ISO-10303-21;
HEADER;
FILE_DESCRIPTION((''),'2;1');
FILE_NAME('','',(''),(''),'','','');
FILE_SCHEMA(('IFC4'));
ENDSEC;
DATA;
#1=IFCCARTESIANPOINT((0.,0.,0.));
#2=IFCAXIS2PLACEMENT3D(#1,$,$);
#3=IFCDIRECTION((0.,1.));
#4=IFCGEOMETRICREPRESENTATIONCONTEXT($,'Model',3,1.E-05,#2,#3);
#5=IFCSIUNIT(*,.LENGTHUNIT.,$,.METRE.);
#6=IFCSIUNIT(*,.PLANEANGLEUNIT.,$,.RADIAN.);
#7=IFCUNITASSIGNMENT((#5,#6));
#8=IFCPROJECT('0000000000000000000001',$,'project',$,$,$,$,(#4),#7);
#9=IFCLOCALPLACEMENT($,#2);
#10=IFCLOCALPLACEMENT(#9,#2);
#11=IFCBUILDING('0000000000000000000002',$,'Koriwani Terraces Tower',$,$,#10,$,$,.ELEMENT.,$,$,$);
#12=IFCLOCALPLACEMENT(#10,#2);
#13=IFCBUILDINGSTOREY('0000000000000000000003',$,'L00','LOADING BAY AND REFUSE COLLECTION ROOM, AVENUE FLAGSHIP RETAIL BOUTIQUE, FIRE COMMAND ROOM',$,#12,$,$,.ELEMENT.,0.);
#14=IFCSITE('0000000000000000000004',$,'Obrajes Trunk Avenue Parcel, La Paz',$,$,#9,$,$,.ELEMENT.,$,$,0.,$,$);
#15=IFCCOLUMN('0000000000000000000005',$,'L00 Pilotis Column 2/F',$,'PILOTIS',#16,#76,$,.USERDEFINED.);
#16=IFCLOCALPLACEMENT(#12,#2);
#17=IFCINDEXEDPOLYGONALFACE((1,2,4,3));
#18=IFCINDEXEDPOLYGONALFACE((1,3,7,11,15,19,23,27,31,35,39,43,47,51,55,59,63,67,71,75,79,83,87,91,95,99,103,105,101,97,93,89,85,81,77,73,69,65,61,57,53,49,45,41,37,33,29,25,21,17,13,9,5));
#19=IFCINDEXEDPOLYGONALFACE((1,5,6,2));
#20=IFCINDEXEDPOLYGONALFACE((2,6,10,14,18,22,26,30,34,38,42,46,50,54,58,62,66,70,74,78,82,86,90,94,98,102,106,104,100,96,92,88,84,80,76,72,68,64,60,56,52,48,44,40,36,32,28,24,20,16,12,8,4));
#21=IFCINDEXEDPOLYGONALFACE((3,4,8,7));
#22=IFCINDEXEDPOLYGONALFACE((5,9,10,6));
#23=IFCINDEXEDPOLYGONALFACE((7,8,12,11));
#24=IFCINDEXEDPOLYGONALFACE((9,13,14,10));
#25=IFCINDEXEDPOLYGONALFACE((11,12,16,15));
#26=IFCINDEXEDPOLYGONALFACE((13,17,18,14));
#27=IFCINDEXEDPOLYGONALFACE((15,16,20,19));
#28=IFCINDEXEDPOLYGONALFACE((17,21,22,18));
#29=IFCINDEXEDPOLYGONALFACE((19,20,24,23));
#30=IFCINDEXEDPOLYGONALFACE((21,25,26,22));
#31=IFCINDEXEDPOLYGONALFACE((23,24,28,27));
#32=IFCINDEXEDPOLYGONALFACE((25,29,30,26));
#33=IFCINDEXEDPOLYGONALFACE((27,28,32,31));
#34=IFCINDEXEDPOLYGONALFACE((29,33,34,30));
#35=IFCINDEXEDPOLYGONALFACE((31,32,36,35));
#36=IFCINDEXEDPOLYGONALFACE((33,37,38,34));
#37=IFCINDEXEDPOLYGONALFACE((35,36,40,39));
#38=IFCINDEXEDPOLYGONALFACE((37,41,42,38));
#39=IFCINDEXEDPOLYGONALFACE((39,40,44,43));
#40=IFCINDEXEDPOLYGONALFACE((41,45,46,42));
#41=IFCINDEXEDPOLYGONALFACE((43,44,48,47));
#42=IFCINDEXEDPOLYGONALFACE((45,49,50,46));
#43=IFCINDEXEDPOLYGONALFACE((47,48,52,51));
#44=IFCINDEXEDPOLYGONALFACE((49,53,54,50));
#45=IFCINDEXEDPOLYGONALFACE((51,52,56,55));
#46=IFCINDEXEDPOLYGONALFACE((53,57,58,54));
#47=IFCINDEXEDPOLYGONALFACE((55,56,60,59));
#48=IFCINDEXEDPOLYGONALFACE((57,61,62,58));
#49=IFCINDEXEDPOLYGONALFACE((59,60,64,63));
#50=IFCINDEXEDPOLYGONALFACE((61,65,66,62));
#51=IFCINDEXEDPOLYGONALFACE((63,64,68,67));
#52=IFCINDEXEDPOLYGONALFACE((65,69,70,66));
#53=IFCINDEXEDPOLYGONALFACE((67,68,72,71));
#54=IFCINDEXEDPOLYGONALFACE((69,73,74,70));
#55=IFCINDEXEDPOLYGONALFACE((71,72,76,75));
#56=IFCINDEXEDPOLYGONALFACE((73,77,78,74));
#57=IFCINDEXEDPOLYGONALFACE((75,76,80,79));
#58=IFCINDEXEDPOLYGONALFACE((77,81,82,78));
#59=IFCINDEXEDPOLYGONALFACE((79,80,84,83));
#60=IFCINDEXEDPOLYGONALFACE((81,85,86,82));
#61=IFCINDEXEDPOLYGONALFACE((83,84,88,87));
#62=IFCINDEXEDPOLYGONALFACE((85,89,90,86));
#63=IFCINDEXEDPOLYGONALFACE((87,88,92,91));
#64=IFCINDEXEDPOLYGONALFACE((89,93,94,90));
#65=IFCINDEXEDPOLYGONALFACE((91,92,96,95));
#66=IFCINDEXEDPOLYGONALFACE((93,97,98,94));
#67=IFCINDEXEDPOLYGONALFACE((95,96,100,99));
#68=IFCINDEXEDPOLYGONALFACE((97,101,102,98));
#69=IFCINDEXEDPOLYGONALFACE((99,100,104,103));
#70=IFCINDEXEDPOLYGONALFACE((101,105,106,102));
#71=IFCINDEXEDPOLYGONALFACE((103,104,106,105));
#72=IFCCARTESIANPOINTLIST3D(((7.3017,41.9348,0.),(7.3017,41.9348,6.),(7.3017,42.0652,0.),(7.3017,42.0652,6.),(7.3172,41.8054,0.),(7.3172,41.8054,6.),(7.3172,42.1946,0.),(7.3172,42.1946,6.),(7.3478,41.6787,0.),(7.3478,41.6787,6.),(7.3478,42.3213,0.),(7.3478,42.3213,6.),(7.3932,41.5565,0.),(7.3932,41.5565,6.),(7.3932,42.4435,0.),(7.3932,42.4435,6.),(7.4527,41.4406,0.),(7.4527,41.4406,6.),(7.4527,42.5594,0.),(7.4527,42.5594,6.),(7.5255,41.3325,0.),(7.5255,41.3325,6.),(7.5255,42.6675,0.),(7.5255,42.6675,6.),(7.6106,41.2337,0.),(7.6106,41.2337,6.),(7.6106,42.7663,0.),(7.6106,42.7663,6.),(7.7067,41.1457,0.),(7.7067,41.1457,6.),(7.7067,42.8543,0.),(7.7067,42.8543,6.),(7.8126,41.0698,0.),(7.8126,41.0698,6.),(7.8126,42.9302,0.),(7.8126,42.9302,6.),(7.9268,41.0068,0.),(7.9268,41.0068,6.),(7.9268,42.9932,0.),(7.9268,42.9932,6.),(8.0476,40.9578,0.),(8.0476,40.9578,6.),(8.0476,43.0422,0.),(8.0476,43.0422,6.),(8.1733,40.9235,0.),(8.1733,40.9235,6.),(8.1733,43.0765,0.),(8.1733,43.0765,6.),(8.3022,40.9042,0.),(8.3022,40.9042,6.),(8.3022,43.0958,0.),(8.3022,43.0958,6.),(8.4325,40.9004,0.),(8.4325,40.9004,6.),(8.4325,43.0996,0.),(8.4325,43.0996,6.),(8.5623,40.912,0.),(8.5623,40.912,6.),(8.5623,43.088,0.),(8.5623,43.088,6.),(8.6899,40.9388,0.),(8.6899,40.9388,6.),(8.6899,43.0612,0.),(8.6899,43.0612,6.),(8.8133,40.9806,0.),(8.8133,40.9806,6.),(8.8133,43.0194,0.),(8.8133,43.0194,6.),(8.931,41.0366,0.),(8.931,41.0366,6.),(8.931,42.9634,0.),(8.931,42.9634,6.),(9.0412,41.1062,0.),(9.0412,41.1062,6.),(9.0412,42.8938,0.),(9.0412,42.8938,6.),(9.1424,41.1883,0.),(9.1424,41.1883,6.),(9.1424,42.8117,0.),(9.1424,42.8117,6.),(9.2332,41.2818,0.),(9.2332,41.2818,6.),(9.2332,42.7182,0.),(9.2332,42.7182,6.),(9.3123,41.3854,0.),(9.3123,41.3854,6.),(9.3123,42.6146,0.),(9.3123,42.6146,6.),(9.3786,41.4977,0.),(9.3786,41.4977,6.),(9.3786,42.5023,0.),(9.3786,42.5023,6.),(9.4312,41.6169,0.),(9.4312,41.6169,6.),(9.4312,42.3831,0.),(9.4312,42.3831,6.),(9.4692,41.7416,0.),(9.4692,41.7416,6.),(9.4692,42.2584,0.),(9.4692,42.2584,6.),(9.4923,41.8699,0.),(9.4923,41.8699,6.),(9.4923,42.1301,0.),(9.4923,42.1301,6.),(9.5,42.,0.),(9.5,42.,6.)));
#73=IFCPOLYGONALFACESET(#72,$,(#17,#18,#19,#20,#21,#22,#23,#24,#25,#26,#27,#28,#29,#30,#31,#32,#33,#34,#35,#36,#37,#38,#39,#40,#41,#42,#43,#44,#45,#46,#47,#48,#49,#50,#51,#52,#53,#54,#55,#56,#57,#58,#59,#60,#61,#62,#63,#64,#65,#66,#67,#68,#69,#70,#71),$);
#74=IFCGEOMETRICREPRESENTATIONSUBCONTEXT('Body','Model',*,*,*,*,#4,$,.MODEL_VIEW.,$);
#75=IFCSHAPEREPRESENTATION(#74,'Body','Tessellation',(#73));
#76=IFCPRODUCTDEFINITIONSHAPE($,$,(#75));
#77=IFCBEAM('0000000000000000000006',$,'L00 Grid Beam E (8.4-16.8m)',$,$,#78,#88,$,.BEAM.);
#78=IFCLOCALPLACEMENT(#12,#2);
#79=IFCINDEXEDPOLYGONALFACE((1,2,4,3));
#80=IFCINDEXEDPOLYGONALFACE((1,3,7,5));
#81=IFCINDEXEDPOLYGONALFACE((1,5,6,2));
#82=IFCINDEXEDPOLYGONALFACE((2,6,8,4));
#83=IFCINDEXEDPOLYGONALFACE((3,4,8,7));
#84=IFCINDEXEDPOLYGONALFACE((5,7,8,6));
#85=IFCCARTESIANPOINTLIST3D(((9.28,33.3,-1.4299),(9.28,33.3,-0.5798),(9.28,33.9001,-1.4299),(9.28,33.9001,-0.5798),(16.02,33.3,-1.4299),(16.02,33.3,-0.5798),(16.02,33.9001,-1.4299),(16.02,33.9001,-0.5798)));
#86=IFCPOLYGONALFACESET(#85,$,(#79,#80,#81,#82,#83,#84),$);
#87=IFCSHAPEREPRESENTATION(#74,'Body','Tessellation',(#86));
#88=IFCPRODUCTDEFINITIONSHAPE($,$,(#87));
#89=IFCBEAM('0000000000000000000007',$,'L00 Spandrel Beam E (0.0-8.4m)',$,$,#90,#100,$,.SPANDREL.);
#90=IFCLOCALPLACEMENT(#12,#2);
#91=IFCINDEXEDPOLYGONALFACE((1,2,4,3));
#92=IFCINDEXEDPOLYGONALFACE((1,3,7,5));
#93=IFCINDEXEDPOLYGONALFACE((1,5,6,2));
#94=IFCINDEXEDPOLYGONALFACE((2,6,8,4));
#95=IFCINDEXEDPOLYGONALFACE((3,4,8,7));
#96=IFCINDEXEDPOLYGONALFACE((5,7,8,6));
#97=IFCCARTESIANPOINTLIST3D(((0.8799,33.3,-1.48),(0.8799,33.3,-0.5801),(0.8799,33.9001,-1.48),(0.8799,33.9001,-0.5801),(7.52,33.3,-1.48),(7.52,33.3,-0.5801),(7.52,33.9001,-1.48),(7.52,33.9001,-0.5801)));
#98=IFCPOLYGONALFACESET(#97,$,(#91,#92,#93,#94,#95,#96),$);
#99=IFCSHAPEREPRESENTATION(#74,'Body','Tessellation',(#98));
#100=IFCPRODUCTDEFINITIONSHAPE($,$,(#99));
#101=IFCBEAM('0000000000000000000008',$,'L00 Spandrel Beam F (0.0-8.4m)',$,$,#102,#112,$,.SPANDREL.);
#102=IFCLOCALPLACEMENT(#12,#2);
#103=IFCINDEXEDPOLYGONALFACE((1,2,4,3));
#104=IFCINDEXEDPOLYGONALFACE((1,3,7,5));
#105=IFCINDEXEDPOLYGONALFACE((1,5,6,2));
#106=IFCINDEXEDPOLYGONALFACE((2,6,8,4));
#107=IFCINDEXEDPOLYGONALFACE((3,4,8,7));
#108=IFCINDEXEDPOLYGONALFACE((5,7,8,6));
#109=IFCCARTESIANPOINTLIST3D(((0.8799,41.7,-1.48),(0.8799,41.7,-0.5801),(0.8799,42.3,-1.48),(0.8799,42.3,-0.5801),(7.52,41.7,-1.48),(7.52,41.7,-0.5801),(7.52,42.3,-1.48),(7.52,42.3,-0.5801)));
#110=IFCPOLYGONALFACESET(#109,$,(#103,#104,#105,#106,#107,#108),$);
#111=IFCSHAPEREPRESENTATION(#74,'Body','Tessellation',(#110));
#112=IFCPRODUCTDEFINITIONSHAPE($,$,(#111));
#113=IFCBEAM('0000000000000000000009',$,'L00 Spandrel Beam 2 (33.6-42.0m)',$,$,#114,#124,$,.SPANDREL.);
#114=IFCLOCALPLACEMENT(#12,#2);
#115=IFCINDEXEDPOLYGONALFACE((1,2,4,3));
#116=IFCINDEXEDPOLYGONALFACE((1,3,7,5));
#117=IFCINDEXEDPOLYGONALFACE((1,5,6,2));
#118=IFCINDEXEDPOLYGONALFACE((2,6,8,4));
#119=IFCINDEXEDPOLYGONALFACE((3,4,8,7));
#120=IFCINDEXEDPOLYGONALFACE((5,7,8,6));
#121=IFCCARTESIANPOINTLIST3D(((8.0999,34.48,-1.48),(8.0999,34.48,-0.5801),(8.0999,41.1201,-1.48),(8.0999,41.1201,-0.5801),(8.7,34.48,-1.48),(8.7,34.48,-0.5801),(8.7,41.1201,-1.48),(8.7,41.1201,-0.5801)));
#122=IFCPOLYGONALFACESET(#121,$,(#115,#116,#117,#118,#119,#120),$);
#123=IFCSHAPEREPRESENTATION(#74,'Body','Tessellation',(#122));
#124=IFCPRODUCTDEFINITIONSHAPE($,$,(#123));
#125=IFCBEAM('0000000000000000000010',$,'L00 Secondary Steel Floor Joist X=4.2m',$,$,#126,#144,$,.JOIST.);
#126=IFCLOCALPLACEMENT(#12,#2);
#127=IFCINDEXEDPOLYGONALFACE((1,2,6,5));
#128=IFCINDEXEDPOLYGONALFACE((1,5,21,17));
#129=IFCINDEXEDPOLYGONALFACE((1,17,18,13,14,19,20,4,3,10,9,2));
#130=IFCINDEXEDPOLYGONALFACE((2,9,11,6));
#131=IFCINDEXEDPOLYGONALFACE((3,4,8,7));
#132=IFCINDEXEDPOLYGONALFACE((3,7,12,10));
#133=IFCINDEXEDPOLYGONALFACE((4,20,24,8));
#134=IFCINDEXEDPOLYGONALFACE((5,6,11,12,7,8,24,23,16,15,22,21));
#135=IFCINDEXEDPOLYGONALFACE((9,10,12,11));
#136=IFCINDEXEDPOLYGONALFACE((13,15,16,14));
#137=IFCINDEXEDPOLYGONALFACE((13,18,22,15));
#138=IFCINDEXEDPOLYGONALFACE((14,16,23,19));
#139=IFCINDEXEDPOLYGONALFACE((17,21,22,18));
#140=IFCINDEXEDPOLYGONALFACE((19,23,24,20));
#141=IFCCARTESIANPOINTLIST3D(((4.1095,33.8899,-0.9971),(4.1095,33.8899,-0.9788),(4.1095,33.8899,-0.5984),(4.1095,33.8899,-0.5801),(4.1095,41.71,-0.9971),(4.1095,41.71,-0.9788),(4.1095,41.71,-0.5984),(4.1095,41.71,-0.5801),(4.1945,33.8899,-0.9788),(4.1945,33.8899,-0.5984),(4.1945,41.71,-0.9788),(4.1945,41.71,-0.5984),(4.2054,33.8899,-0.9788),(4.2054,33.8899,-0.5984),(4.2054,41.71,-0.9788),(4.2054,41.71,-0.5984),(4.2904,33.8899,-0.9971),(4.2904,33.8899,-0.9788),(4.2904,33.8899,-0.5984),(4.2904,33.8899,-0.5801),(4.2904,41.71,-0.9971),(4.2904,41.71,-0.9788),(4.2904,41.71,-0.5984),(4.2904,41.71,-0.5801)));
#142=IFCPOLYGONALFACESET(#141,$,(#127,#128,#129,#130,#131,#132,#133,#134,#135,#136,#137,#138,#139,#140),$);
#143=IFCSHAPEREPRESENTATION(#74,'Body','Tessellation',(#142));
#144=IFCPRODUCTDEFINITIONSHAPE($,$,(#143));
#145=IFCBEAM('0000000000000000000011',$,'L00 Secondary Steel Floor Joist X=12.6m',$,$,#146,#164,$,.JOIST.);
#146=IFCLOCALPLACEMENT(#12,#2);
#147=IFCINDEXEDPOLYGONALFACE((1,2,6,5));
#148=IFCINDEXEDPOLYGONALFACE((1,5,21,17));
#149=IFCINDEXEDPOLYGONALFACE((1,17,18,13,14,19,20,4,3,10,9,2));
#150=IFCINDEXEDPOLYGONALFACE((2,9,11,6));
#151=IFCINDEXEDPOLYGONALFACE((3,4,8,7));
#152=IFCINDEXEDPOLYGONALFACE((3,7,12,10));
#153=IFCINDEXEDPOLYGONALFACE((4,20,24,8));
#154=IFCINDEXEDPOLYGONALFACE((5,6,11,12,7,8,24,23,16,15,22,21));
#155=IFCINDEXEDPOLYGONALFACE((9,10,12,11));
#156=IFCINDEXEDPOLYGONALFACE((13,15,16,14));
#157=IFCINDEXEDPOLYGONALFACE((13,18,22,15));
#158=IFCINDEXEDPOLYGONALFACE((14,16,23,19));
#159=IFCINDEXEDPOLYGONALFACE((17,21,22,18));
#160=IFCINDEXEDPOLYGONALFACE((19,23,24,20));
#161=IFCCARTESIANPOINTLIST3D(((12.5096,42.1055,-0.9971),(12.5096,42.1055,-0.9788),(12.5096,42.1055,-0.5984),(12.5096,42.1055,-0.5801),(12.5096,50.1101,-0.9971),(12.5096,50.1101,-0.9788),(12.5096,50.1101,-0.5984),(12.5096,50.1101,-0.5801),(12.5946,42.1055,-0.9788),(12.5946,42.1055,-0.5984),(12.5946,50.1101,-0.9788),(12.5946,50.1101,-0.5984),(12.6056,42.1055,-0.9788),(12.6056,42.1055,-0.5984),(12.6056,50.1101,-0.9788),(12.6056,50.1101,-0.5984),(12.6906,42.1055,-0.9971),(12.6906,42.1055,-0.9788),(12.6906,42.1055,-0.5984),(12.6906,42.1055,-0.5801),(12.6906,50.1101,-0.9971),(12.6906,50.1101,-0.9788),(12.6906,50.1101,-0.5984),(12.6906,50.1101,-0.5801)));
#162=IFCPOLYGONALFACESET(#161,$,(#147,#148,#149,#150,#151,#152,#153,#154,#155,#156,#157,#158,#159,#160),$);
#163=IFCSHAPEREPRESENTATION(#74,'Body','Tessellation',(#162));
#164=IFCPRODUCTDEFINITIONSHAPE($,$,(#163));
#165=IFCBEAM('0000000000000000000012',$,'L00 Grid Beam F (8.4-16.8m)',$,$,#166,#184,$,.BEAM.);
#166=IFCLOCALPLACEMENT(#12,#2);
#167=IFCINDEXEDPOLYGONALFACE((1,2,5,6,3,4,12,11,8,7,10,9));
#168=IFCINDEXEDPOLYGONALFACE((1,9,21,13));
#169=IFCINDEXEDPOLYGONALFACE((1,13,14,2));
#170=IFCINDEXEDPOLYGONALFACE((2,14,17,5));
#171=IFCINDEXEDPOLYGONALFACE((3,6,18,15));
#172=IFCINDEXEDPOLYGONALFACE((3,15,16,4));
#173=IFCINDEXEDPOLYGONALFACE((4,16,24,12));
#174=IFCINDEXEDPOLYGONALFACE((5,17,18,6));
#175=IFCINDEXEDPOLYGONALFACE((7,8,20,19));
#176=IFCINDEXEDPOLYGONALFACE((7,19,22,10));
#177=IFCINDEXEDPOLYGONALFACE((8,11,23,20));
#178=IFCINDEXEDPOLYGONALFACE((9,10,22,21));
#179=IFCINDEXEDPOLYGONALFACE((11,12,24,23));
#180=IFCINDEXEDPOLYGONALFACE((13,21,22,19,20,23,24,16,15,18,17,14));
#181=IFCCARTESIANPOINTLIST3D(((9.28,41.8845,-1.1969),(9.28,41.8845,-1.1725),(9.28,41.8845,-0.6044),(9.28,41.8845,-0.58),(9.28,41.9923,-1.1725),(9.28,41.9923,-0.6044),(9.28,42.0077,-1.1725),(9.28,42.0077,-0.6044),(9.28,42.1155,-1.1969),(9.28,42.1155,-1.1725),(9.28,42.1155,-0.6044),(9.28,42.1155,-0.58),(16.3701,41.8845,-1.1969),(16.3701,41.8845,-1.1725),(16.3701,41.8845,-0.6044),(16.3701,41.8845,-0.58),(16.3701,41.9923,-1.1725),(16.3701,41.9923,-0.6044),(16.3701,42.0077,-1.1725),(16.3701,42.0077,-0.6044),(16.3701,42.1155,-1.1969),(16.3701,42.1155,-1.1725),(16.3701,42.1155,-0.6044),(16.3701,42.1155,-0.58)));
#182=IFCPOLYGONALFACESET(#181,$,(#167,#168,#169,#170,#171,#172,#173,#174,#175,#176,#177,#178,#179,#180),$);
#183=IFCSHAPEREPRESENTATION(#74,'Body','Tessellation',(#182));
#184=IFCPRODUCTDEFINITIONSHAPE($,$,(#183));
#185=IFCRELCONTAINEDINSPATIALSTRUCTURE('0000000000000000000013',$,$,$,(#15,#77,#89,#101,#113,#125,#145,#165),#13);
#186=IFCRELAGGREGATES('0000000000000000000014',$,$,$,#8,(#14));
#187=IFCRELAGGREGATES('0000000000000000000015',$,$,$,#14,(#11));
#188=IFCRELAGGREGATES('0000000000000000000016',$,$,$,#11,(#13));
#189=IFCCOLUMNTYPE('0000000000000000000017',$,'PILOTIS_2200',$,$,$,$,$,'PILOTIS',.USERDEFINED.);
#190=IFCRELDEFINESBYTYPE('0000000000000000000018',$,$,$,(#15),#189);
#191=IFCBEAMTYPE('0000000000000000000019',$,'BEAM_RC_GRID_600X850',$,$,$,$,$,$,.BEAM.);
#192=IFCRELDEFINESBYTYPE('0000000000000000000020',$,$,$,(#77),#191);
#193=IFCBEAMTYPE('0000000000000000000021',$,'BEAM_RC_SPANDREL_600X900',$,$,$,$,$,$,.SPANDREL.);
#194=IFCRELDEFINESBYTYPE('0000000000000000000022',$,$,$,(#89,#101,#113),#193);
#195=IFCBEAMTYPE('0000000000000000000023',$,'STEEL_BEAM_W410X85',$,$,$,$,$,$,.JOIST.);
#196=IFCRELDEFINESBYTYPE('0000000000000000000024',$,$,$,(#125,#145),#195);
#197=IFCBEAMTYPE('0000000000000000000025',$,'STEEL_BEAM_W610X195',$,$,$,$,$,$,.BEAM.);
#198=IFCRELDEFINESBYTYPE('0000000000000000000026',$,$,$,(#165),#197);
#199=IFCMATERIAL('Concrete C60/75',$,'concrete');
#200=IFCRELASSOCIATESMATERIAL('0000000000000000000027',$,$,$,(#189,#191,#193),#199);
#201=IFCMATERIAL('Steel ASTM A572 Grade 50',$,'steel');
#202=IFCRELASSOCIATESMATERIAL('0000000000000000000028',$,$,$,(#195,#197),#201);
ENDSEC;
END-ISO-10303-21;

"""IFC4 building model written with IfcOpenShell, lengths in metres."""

from ifc_helpers import new_model, si_unit, direction, frame, origin, origin_2d, place, context, subcontext, project, spatial, rectangle, circle, i_section, extrude, material, material_profile, profile_set, type_object, element, save


model = new_model("IFC4")

# Units and contexts
model_context = context("Model", 3, precision=1e-05, world=origin(), true_north=direction((0.0, 1.0)))
body_context = subcontext(model_context, "Body", "Model", "MODEL_VIEW")
ifc_project = project(units=[si_unit("LENGTHUNIT", "METRE"), si_unit("PLANEANGLEUNIT", "RADIAN")], contexts=[model_context])

# Site, building, storey
site_placement = place(None, origin())
site = spatial("IfcSite", under=ifc_project, at=site_placement, Name="Obrajes Trunk Avenue Parcel, La Paz", CompositionType="ELEMENT", RefElevation=0.0)
building_placement = place(site_placement, origin())
building = spatial("IfcBuilding", under=site, at=building_placement, Name="Koriwani Terraces Tower", CompositionType="ELEMENT")
storey_placement = place(building_placement, origin())
storey = spatial("IfcBuildingStorey", under=building, at=storey_placement, Name="L00", Description="LOADING BAY AND REFUSE COLLECTION ROOM, AVENUE FLAGSHIP RETAIL BOUTIQUE, FIRE COMMAND ROOM", CompositionType="ELEMENT", Elevation=0.0)

# Column
ifc_material_1 = material(Name="Concrete C60/75", Category="concrete")
ifc_material_profile_1 = material_profile(ifc_material_1, circle(Radius=1.1001, at=origin_2d()), Name="Concrete C60/75", Category="LoadBearing")
ifc_profile_set_1 = profile_set([ifc_material_profile_1], Name="Concrete C60/75")
column_type = type_object("IfcColumnType", Name="PILOTIS_2200", ElementType="PILOTIS", PredefinedType="USERDEFINED", material=ifc_profile_set_1)
for number, where, z_axis, x_axis, name in (
    (1, (8.3999, 42.0, 0.0), (0.0, 0.0, 1.0), (1.0, 0.0, 0.0), "L00 Pilotis Column 2/F"),
):
    element("IfcColumn", number, at=place(storey_placement, frame(where, z_axis=z_axis, x_axis=x_axis)), inside=storey, type_object=column_type, Name=name, ObjectType="PILOTIS", PredefinedType="USERDEFINED", context=body_context, shape_type="SweptSolid", body=[
        extrude(circle(Radius=1.1001, at=origin_2d()), origin(), (0.0, 0.0, 1.0), 6.0),
    ])

# Beams
ifc_material_profile_2 = material_profile(ifc_material_1, rectangle(XDim=0.6001, YDim=0.8501, at=origin_2d()), Name="Concrete C60/75", Category="LoadBearing")
ifc_profile_set_2 = profile_set([ifc_material_profile_2], Name="Concrete C60/75")
beam_type_1 = type_object("IfcBeamType", Name="BEAM_RC_GRID_600X850", PredefinedType="BEAM", material=ifc_profile_set_2)
beam_1_placement = place(storey_placement, frame((9.28, 33.6001, -1.0049), z_axis=(1.0, 0.0, 0.0), x_axis=(0.0, 1.0, 0.0)))
element("IfcBeam", 2, at=beam_1_placement, inside=storey, type_object=beam_type_1, Name="L00 Grid Beam E (8.4-16.8m)", PredefinedType="BEAM", context=body_context, shape_type="SweptSolid", body=[
    extrude(rectangle(XDim=0.6001, YDim=0.8501, at=origin_2d()), origin(), (0.0, 0.0, 1.0), 6.74),
])
ifc_material_profile_3 = material_profile(ifc_material_1, rectangle(XDim=0.6001, YDim=0.8999, at=origin_2d()), Name="Concrete C60/75", Category="LoadBearing")
ifc_profile_set_3 = profile_set([ifc_material_profile_3], Name="Concrete C60/75")
beam_type_2 = type_object("IfcBeamType", Name="BEAM_RC_SPANDREL_600X900", PredefinedType="SPANDREL", material=ifc_profile_set_3)
for number, where, z_axis, x_axis, name in (
    (3, (0.8799, 33.6001, -1.03), (1.0, 0.0, 0.0), (0.0, 1.0, 0.0), "L00 Spandrel Beam E (0.0-8.4m)"),
    (4, (0.8799, 42.0, -1.03), (1.0, 0.0, 0.0), (0.0, 1.0, 0.0), "L00 Spandrel Beam F (0.0-8.4m)"),
    (5, (8.3999, 34.48, -1.03), (0.0, 1.0, 0.0), (-1.0, 0.0, 0.0), "L00 Spandrel Beam 2 (33.6-42.0m)"),
):
    element("IfcBeam", number, at=place(storey_placement, frame(where, z_axis=z_axis, x_axis=x_axis)), inside=storey, type_object=beam_type_2, Name=name, PredefinedType="SPANDREL", context=body_context, shape_type="SweptSolid", body=[
        extrude(rectangle(XDim=0.6001, YDim=0.8999, at=origin_2d()), origin(), (0.0, 0.0, 1.0), 6.6401),
    ])
ifc_material_2 = material(Name="Steel ASTM A572 Grade 50", Category="steel")
ifc_material_profile_4 = material_profile(ifc_material_2, i_section(OverallWidth=0.1809, OverallDepth=0.417, WebThickness=0.011, FlangeThickness=0.0183, at=origin_2d()), Name="Steel ASTM A572 Grade 50", Category="LoadBearing")
ifc_profile_set_4 = profile_set([ifc_material_profile_4], Name="Steel ASTM A572 Grade 50")
beam_type_3 = type_object("IfcBeamType", Name="STEEL_BEAM_W410X85", PredefinedType="JOIST", material=ifc_profile_set_4)
beam_2_placement = place(storey_placement, frame((4.2, 33.8899, -0.7886), z_axis=(0.0, 1.0, 0.0), x_axis=(-1.0, 0.0, 0.0)))
element("IfcBeam", 6, at=beam_2_placement, inside=storey, type_object=beam_type_3, Name="L00 Secondary Steel Floor Joist X=4.2m", PredefinedType="JOIST", context=body_context, shape_type="SweptSolid", body=[
    extrude(i_section(OverallWidth=0.1809, OverallDepth=0.417, WebThickness=0.011, FlangeThickness=0.0183, at=origin_2d()), origin(), (0.0, 0.0, 1.0), 7.8201),
])
beam_3_placement = place(storey_placement, frame((12.6001, 42.1055, -0.7886), z_axis=(0.0, 1.0, 0.0), x_axis=(-1.0, 0.0, 0.0)))
element("IfcBeam", 7, at=beam_3_placement, inside=storey, type_object=beam_type_3, Name="L00 Secondary Steel Floor Joist X=12.6m", PredefinedType="JOIST", context=body_context, shape_type="SweptSolid", body=[
    extrude(i_section(OverallWidth=0.1809, OverallDepth=0.417, WebThickness=0.011, FlangeThickness=0.0183, at=origin_2d()), origin(), (0.0, 0.0, 1.0), 8.0046),
])
ifc_material_profile_5 = material_profile(ifc_material_2, i_section(OverallWidth=0.231, OverallDepth=0.6169, WebThickness=0.0154, FlangeThickness=0.0244, at=origin_2d()), Name="Steel ASTM A572 Grade 50", Category="LoadBearing")
ifc_profile_set_5 = profile_set([ifc_material_profile_5], Name="Steel ASTM A572 Grade 50")
beam_type_4 = type_object("IfcBeamType", Name="STEEL_BEAM_W610X195", PredefinedType="BEAM", material=ifc_profile_set_5)
beam_4_placement = place(storey_placement, frame((9.28, 42.0, -0.8884), z_axis=(1.0, 0.0, 0.0), x_axis=(0.0, 1.0, 0.0)))
element("IfcBeam", 8, at=beam_4_placement, inside=storey, type_object=beam_type_4, Name="L00 Grid Beam F (8.4-16.8m)", PredefinedType="BEAM", context=body_context, shape_type="SweptSolid", body=[
    extrude(i_section(OverallWidth=0.231, OverallDepth=0.6169, WebThickness=0.0154, FlangeThickness=0.0244, at=origin_2d()), origin(), (0.0, 0.0, 1.0), 7.0901),
])

save(model, "model.ifc")
